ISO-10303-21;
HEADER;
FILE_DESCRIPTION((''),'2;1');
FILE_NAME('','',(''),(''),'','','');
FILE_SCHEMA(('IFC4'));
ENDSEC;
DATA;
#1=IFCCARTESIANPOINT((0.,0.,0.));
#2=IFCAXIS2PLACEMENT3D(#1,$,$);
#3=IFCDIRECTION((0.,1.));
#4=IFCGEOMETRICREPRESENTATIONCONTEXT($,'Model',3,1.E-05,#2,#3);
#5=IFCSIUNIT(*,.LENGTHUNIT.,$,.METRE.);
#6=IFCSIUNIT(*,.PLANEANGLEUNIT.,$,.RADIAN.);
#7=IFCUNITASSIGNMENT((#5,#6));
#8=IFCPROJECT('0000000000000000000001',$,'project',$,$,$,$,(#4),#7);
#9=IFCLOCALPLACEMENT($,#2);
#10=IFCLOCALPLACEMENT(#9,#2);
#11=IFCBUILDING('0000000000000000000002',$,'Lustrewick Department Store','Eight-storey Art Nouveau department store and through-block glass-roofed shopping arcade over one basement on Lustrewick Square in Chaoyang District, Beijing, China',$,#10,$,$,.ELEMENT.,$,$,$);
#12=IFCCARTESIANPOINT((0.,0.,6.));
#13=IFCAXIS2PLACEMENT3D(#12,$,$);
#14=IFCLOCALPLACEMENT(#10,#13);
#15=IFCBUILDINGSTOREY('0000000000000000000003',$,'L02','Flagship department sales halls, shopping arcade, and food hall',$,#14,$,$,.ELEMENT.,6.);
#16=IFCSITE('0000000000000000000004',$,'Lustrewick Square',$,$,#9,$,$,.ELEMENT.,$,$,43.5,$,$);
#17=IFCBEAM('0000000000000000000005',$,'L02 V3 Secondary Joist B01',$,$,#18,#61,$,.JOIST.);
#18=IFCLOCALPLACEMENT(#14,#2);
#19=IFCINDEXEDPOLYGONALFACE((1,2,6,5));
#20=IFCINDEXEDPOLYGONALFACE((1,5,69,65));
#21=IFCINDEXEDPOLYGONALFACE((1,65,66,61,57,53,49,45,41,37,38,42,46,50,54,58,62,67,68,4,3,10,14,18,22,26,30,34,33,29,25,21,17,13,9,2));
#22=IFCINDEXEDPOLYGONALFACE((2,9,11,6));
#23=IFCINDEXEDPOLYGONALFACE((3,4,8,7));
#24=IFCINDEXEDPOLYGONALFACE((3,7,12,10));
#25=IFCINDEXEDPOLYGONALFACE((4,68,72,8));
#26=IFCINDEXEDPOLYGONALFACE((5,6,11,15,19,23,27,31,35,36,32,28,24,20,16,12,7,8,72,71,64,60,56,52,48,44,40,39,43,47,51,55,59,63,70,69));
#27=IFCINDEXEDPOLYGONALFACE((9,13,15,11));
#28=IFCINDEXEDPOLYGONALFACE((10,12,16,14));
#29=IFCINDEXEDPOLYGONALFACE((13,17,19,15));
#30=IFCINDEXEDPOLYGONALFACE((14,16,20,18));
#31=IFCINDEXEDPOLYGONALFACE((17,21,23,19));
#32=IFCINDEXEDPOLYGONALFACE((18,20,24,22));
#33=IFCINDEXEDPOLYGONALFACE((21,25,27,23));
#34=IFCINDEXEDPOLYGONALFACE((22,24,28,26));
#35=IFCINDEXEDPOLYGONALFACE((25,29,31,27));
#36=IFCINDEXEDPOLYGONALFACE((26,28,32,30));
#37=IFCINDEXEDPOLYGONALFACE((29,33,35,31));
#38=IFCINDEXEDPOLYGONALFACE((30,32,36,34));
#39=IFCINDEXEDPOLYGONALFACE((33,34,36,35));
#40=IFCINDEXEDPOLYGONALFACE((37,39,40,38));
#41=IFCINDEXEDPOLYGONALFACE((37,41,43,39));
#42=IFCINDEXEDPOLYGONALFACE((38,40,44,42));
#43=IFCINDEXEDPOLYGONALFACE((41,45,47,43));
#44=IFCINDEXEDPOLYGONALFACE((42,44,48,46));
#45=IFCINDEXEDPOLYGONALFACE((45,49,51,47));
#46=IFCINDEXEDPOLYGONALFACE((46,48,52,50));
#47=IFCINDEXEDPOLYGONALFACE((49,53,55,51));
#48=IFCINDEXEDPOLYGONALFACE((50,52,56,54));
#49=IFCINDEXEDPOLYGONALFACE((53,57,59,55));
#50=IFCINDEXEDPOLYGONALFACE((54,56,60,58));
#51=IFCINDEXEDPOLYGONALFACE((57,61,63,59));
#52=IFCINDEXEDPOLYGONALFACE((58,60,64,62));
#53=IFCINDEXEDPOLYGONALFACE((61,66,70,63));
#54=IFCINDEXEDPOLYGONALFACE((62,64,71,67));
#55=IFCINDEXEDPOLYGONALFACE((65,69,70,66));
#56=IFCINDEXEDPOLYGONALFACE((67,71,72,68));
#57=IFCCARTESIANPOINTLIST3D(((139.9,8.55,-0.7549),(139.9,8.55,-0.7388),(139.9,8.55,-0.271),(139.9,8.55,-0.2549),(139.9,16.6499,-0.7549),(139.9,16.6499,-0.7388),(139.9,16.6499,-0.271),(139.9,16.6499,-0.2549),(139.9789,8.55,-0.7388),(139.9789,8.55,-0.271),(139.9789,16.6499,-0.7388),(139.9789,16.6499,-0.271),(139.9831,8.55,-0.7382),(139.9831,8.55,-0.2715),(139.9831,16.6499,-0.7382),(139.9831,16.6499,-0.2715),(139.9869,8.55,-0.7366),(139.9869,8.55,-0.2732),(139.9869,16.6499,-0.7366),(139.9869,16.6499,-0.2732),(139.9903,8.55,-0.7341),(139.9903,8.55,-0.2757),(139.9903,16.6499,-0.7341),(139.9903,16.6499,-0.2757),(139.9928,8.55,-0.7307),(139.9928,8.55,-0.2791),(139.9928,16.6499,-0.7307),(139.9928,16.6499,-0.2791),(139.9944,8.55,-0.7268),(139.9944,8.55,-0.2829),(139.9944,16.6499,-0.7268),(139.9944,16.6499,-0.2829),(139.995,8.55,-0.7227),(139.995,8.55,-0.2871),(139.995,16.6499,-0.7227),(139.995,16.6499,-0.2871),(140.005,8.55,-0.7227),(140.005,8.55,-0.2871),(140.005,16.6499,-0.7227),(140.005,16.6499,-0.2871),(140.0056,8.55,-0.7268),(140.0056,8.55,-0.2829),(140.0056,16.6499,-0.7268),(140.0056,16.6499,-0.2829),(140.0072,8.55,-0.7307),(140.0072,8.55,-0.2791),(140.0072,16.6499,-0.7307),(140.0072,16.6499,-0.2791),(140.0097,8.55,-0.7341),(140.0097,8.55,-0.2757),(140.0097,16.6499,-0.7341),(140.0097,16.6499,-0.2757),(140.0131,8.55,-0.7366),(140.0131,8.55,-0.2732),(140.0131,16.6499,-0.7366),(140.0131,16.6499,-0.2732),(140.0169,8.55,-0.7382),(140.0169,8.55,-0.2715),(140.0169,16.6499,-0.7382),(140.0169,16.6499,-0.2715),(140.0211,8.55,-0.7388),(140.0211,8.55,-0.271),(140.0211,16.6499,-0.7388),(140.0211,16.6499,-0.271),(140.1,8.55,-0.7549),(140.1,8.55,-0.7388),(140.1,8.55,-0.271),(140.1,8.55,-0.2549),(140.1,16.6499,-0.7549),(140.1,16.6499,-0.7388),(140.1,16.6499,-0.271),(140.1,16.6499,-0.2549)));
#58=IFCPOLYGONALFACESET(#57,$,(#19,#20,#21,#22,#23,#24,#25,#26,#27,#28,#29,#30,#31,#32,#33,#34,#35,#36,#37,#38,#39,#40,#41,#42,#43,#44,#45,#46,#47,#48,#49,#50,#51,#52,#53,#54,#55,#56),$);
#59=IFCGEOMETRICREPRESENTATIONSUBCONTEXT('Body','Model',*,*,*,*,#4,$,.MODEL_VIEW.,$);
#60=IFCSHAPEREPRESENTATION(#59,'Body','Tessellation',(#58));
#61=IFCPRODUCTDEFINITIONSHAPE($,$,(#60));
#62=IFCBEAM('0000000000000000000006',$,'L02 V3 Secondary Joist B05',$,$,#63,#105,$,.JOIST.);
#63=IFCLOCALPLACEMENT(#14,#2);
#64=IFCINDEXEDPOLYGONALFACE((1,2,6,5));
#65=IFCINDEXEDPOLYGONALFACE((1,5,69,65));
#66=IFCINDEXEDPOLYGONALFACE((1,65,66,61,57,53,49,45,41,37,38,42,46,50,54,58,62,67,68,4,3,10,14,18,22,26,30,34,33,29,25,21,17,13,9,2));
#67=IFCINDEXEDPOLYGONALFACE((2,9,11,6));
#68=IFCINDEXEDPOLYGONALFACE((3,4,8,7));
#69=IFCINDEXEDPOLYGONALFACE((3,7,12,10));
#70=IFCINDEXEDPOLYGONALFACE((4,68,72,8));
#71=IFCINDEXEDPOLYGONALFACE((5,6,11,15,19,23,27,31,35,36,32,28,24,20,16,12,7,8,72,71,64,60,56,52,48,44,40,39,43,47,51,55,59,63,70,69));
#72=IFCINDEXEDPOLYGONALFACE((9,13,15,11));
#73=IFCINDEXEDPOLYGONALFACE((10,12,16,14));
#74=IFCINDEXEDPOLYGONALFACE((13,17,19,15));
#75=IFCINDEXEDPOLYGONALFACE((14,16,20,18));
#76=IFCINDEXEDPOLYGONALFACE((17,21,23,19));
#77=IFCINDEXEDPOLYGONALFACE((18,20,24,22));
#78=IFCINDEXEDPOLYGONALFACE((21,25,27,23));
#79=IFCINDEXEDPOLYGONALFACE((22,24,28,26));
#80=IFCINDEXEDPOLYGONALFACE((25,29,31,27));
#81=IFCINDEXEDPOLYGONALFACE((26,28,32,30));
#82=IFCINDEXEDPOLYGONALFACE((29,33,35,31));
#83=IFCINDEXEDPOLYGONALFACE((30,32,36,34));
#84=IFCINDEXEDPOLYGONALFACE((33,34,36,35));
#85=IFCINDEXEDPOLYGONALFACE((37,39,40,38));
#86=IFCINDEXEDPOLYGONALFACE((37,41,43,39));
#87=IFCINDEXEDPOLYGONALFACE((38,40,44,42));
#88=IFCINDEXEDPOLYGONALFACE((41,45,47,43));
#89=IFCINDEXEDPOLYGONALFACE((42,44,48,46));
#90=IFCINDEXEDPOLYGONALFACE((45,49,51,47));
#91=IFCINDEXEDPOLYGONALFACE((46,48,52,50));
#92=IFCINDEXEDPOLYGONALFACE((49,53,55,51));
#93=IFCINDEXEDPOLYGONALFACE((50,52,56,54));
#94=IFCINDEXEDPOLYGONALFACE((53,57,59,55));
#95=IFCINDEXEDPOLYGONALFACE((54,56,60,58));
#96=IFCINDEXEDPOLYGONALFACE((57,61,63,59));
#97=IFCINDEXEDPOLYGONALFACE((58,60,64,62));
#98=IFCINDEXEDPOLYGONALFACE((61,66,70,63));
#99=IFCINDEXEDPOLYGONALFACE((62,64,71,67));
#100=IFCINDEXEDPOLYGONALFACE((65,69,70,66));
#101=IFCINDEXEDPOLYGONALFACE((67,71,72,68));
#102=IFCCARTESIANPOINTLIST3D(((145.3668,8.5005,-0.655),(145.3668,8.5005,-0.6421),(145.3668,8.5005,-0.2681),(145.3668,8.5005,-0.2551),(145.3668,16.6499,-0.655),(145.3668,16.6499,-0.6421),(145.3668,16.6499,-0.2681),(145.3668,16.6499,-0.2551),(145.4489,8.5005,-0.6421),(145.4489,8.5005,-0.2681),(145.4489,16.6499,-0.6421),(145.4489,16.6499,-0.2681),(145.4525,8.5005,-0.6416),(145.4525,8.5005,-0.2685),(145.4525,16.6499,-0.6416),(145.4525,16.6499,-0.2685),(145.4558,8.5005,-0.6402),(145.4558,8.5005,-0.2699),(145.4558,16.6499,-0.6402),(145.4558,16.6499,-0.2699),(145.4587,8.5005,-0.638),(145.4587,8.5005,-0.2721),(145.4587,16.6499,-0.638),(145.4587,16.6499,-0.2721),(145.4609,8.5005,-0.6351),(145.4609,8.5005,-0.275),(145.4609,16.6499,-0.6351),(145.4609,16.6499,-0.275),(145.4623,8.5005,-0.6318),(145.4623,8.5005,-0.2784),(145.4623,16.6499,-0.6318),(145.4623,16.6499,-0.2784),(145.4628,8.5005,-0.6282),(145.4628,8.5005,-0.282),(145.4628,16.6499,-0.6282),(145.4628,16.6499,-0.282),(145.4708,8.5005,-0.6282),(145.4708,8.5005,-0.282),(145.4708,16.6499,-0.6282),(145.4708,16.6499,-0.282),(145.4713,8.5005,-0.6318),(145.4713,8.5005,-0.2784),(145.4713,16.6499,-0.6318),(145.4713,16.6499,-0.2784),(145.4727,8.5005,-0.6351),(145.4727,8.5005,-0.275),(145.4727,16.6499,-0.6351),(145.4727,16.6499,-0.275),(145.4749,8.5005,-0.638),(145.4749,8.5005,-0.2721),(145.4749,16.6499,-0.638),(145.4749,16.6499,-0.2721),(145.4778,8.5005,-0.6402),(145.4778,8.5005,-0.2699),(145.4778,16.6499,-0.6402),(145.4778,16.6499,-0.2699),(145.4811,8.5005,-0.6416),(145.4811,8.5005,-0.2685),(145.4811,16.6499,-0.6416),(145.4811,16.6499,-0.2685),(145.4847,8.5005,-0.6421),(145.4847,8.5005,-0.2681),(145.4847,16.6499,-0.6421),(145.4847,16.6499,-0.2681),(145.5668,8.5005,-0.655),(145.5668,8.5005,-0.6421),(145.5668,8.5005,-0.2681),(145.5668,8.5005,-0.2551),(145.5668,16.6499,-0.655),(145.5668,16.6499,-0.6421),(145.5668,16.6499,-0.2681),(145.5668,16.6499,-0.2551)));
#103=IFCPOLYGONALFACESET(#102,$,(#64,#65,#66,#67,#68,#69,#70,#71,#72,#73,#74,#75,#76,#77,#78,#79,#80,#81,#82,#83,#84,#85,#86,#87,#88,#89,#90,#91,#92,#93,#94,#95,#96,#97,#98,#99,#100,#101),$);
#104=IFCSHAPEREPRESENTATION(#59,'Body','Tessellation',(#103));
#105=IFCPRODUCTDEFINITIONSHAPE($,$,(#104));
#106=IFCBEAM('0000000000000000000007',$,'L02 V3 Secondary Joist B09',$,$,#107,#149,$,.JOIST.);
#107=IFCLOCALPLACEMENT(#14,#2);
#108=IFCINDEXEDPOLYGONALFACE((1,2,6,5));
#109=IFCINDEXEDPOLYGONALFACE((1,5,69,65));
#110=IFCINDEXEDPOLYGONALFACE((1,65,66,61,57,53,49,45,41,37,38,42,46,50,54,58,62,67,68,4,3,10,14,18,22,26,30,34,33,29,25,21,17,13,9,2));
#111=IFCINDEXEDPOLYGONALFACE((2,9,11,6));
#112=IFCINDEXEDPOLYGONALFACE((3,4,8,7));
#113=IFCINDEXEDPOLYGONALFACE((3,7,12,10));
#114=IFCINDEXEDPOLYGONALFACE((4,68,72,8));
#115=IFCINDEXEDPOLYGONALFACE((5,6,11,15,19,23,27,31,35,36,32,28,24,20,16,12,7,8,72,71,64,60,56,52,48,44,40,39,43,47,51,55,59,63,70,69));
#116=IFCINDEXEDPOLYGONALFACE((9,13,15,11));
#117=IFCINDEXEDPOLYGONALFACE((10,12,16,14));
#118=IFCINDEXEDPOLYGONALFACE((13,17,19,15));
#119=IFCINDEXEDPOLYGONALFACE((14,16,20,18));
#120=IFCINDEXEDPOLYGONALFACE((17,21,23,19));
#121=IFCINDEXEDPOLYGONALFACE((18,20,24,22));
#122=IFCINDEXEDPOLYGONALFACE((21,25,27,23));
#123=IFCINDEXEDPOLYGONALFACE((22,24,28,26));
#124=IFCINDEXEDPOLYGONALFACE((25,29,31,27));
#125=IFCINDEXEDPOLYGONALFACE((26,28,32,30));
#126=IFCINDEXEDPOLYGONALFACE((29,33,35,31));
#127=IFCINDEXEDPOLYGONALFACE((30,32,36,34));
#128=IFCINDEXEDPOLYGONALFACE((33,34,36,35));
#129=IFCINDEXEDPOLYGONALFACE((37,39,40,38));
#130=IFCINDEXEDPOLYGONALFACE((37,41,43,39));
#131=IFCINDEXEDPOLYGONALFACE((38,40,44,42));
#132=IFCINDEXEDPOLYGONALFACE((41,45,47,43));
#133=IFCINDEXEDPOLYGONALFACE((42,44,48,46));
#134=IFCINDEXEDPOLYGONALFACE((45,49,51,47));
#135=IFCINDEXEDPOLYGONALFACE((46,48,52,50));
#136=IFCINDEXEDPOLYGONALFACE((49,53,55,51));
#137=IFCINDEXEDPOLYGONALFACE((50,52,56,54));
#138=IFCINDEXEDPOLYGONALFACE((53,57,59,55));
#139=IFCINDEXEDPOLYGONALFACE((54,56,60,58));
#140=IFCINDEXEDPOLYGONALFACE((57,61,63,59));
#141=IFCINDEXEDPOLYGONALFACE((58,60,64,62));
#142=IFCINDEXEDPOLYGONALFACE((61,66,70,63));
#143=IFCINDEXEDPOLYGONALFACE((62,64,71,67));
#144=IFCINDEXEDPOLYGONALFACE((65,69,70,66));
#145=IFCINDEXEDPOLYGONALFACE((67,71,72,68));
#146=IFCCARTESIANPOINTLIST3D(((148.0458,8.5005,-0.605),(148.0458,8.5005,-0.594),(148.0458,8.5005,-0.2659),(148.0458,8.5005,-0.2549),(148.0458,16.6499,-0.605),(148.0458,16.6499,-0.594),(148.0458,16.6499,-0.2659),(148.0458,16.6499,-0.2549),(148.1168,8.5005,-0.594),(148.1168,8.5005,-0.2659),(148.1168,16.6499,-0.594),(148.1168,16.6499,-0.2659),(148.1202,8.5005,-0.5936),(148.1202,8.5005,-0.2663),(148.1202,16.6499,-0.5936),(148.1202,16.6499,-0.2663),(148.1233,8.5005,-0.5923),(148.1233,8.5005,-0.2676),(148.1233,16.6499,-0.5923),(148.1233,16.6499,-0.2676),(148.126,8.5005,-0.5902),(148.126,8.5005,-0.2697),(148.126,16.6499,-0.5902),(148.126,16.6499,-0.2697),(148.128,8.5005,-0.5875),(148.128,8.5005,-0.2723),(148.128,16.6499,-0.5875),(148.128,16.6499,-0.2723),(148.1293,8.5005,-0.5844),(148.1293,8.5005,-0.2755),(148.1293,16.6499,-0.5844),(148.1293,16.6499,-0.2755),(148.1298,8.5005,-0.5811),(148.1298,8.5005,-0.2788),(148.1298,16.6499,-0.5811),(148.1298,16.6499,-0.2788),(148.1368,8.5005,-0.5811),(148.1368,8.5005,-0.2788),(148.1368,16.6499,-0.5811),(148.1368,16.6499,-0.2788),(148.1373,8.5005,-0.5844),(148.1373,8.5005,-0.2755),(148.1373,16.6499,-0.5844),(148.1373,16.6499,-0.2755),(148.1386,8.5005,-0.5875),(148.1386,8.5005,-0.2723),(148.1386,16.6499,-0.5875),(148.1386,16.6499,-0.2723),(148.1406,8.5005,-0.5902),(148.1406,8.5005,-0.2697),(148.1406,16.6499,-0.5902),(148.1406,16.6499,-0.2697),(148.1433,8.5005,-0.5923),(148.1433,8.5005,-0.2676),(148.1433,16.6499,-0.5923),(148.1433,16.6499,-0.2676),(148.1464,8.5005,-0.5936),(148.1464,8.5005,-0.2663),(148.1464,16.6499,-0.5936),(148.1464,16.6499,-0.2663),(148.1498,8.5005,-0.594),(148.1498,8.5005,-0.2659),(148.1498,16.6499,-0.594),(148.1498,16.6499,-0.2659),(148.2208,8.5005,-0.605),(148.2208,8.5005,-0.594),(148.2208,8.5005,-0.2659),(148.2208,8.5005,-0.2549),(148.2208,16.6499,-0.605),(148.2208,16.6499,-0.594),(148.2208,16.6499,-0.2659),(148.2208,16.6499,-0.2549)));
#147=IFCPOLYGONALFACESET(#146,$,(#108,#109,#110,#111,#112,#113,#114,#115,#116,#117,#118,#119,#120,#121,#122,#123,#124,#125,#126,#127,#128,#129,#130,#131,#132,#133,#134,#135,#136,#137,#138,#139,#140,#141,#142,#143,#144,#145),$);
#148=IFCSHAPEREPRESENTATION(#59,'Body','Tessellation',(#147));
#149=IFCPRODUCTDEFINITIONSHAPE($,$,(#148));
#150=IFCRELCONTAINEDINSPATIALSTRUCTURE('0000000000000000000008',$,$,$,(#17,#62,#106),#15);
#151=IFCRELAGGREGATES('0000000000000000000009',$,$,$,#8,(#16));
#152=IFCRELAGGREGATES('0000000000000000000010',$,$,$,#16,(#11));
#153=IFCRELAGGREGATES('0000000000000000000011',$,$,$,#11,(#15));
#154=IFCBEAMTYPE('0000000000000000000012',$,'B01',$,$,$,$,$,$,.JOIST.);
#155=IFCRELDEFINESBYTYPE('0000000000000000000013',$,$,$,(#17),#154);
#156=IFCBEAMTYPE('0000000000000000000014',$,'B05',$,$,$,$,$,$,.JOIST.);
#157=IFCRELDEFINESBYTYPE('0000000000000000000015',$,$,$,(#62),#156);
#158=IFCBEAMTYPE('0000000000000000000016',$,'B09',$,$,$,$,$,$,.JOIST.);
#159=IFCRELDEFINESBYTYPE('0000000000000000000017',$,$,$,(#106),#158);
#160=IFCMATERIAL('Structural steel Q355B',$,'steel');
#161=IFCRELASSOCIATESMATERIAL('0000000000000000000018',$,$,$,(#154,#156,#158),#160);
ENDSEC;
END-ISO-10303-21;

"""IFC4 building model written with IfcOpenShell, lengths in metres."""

from ifc_helpers import new_model, si_unit, direction, frame, origin, origin_2d, place, context, subcontext, project, spatial, i_section, extrude, material, material_profile, profile_set, type_object, element, save


model = new_model("IFC4")

# Units and contexts
model_context = context("Model", 3, precision=1e-05, world=origin(), true_north=direction((0.0, 1.0)))
body_context = subcontext(model_context, "Body", "Model", "MODEL_VIEW")
ifc_project = project(units=[si_unit("LENGTHUNIT", "METRE"), si_unit("PLANEANGLEUNIT", "RADIAN")], contexts=[model_context])

# Site, building, storey
site_placement = place(None, origin())
site = spatial("IfcSite", under=ifc_project, at=site_placement, Name="Lustrewick Square", CompositionType="ELEMENT", RefElevation=43.5)
building_placement = place(site_placement, origin())
building = spatial("IfcBuilding", under=site, at=building_placement, Name="Lustrewick Department Store", Description="Eight-storey Art Nouveau department store and through-block glass-roofed shopping arcade over one basement on Lustrewick Square in Chaoyang District, Beijing, China", CompositionType="ELEMENT")
storey_placement = place(building_placement, frame((0.0, 0.0, 6.0)))
storey = spatial("IfcBuildingStorey", under=building, at=storey_placement, Name="L02", Description="Flagship department sales halls, shopping arcade, and food hall", CompositionType="ELEMENT", Elevation=6.0)

# Shared definitions
ifc_material_1 = material(Name="Structural steel Q355B", Category="steel")

# Beams
ifc_material_profile_1 = material_profile(ifc_material_1, i_section(OverallWidth=0.2, OverallDepth=0.5, WebThickness=0.01, FlangeThickness=0.0161, FilletRadius=0.0161, at=origin_2d()), Name="HN 500x200x10x16")
ifc_profile_set_1 = profile_set([ifc_material_profile_1], Name="Structural steel Q355B")
beam_type_1 = type_object("IfcBeamType", Name="B01", PredefinedType="JOIST", material=ifc_profile_set_1)
beam_1_placement = place(storey_placement, frame((140.0, 8.55, -0.5049), z_axis=(0.0, 1.0, 0.0), x_axis=(-1.0, 0.0, 0.0)))
element("IfcBeam", 1, at=beam_1_placement, inside=storey, type_object=beam_type_1, Name="L02 V3 Secondary Joist B01", PredefinedType="JOIST", context=body_context, shape_type="SweptSolid", body=[
    extrude(i_section(OverallWidth=0.2, OverallDepth=0.5, WebThickness=0.01, FlangeThickness=0.0161, FilletRadius=0.0161, at=origin_2d()), origin(), (0.0, 0.0, 1.0), 8.0999),
])
ifc_material_profile_2 = material_profile(ifc_material_1, i_section(OverallWidth=0.2, OverallDepth=0.3999, WebThickness=0.0081, FlangeThickness=0.0129, FilletRadius=0.0139, at=origin_2d()), Name="HN 400x200x8x13")
ifc_profile_set_2 = profile_set([ifc_material_profile_2], Name="Structural steel Q355B")
beam_type_2 = type_object("IfcBeamType", Name="B05", PredefinedType="JOIST", material=ifc_profile_set_2)
beam_2_placement = place(storey_placement, frame((145.4668, 8.5005, -0.4551), z_axis=(0.0, 1.0, 0.0), x_axis=(-1.0, 0.0, 0.0)))
element("IfcBeam", 2, at=beam_2_placement, inside=storey, type_object=beam_type_2, Name="L02 V3 Secondary Joist B05", PredefinedType="JOIST", context=body_context, shape_type="SweptSolid", body=[
    extrude(i_section(OverallWidth=0.2, OverallDepth=0.3999, WebThickness=0.0081, FlangeThickness=0.0129, FilletRadius=0.0139, at=origin_2d()), origin(), (0.0, 0.0, 1.0), 8.1494),
])
ifc_material_profile_3 = material_profile(ifc_material_1, i_section(OverallWidth=0.175, OverallDepth=0.3501, WebThickness=0.0071, FlangeThickness=0.011, FilletRadius=0.0129, at=origin_2d()), Name="HN 350x175x7x11")
ifc_profile_set_3 = profile_set([ifc_material_profile_3], Name="Structural steel Q355B")
beam_type_3 = type_object("IfcBeamType", Name="B09", PredefinedType="JOIST", material=ifc_profile_set_3)
beam_3_placement = place(storey_placement, frame((148.1333, 8.5005, -0.4299), z_axis=(0.0, 1.0, 0.0), x_axis=(-1.0, 0.0, 0.0)))
element("IfcBeam", 3, at=beam_3_placement, inside=storey, type_object=beam_type_3, Name="L02 V3 Secondary Joist B09", PredefinedType="JOIST", context=body_context, shape_type="SweptSolid", body=[
    extrude(i_section(OverallWidth=0.175, OverallDepth=0.3501, WebThickness=0.0071, FlangeThickness=0.011, FilletRadius=0.0129, at=origin_2d()), origin(), (0.0, 0.0, 1.0), 8.1494),
])

save(model, "model.ifc")
